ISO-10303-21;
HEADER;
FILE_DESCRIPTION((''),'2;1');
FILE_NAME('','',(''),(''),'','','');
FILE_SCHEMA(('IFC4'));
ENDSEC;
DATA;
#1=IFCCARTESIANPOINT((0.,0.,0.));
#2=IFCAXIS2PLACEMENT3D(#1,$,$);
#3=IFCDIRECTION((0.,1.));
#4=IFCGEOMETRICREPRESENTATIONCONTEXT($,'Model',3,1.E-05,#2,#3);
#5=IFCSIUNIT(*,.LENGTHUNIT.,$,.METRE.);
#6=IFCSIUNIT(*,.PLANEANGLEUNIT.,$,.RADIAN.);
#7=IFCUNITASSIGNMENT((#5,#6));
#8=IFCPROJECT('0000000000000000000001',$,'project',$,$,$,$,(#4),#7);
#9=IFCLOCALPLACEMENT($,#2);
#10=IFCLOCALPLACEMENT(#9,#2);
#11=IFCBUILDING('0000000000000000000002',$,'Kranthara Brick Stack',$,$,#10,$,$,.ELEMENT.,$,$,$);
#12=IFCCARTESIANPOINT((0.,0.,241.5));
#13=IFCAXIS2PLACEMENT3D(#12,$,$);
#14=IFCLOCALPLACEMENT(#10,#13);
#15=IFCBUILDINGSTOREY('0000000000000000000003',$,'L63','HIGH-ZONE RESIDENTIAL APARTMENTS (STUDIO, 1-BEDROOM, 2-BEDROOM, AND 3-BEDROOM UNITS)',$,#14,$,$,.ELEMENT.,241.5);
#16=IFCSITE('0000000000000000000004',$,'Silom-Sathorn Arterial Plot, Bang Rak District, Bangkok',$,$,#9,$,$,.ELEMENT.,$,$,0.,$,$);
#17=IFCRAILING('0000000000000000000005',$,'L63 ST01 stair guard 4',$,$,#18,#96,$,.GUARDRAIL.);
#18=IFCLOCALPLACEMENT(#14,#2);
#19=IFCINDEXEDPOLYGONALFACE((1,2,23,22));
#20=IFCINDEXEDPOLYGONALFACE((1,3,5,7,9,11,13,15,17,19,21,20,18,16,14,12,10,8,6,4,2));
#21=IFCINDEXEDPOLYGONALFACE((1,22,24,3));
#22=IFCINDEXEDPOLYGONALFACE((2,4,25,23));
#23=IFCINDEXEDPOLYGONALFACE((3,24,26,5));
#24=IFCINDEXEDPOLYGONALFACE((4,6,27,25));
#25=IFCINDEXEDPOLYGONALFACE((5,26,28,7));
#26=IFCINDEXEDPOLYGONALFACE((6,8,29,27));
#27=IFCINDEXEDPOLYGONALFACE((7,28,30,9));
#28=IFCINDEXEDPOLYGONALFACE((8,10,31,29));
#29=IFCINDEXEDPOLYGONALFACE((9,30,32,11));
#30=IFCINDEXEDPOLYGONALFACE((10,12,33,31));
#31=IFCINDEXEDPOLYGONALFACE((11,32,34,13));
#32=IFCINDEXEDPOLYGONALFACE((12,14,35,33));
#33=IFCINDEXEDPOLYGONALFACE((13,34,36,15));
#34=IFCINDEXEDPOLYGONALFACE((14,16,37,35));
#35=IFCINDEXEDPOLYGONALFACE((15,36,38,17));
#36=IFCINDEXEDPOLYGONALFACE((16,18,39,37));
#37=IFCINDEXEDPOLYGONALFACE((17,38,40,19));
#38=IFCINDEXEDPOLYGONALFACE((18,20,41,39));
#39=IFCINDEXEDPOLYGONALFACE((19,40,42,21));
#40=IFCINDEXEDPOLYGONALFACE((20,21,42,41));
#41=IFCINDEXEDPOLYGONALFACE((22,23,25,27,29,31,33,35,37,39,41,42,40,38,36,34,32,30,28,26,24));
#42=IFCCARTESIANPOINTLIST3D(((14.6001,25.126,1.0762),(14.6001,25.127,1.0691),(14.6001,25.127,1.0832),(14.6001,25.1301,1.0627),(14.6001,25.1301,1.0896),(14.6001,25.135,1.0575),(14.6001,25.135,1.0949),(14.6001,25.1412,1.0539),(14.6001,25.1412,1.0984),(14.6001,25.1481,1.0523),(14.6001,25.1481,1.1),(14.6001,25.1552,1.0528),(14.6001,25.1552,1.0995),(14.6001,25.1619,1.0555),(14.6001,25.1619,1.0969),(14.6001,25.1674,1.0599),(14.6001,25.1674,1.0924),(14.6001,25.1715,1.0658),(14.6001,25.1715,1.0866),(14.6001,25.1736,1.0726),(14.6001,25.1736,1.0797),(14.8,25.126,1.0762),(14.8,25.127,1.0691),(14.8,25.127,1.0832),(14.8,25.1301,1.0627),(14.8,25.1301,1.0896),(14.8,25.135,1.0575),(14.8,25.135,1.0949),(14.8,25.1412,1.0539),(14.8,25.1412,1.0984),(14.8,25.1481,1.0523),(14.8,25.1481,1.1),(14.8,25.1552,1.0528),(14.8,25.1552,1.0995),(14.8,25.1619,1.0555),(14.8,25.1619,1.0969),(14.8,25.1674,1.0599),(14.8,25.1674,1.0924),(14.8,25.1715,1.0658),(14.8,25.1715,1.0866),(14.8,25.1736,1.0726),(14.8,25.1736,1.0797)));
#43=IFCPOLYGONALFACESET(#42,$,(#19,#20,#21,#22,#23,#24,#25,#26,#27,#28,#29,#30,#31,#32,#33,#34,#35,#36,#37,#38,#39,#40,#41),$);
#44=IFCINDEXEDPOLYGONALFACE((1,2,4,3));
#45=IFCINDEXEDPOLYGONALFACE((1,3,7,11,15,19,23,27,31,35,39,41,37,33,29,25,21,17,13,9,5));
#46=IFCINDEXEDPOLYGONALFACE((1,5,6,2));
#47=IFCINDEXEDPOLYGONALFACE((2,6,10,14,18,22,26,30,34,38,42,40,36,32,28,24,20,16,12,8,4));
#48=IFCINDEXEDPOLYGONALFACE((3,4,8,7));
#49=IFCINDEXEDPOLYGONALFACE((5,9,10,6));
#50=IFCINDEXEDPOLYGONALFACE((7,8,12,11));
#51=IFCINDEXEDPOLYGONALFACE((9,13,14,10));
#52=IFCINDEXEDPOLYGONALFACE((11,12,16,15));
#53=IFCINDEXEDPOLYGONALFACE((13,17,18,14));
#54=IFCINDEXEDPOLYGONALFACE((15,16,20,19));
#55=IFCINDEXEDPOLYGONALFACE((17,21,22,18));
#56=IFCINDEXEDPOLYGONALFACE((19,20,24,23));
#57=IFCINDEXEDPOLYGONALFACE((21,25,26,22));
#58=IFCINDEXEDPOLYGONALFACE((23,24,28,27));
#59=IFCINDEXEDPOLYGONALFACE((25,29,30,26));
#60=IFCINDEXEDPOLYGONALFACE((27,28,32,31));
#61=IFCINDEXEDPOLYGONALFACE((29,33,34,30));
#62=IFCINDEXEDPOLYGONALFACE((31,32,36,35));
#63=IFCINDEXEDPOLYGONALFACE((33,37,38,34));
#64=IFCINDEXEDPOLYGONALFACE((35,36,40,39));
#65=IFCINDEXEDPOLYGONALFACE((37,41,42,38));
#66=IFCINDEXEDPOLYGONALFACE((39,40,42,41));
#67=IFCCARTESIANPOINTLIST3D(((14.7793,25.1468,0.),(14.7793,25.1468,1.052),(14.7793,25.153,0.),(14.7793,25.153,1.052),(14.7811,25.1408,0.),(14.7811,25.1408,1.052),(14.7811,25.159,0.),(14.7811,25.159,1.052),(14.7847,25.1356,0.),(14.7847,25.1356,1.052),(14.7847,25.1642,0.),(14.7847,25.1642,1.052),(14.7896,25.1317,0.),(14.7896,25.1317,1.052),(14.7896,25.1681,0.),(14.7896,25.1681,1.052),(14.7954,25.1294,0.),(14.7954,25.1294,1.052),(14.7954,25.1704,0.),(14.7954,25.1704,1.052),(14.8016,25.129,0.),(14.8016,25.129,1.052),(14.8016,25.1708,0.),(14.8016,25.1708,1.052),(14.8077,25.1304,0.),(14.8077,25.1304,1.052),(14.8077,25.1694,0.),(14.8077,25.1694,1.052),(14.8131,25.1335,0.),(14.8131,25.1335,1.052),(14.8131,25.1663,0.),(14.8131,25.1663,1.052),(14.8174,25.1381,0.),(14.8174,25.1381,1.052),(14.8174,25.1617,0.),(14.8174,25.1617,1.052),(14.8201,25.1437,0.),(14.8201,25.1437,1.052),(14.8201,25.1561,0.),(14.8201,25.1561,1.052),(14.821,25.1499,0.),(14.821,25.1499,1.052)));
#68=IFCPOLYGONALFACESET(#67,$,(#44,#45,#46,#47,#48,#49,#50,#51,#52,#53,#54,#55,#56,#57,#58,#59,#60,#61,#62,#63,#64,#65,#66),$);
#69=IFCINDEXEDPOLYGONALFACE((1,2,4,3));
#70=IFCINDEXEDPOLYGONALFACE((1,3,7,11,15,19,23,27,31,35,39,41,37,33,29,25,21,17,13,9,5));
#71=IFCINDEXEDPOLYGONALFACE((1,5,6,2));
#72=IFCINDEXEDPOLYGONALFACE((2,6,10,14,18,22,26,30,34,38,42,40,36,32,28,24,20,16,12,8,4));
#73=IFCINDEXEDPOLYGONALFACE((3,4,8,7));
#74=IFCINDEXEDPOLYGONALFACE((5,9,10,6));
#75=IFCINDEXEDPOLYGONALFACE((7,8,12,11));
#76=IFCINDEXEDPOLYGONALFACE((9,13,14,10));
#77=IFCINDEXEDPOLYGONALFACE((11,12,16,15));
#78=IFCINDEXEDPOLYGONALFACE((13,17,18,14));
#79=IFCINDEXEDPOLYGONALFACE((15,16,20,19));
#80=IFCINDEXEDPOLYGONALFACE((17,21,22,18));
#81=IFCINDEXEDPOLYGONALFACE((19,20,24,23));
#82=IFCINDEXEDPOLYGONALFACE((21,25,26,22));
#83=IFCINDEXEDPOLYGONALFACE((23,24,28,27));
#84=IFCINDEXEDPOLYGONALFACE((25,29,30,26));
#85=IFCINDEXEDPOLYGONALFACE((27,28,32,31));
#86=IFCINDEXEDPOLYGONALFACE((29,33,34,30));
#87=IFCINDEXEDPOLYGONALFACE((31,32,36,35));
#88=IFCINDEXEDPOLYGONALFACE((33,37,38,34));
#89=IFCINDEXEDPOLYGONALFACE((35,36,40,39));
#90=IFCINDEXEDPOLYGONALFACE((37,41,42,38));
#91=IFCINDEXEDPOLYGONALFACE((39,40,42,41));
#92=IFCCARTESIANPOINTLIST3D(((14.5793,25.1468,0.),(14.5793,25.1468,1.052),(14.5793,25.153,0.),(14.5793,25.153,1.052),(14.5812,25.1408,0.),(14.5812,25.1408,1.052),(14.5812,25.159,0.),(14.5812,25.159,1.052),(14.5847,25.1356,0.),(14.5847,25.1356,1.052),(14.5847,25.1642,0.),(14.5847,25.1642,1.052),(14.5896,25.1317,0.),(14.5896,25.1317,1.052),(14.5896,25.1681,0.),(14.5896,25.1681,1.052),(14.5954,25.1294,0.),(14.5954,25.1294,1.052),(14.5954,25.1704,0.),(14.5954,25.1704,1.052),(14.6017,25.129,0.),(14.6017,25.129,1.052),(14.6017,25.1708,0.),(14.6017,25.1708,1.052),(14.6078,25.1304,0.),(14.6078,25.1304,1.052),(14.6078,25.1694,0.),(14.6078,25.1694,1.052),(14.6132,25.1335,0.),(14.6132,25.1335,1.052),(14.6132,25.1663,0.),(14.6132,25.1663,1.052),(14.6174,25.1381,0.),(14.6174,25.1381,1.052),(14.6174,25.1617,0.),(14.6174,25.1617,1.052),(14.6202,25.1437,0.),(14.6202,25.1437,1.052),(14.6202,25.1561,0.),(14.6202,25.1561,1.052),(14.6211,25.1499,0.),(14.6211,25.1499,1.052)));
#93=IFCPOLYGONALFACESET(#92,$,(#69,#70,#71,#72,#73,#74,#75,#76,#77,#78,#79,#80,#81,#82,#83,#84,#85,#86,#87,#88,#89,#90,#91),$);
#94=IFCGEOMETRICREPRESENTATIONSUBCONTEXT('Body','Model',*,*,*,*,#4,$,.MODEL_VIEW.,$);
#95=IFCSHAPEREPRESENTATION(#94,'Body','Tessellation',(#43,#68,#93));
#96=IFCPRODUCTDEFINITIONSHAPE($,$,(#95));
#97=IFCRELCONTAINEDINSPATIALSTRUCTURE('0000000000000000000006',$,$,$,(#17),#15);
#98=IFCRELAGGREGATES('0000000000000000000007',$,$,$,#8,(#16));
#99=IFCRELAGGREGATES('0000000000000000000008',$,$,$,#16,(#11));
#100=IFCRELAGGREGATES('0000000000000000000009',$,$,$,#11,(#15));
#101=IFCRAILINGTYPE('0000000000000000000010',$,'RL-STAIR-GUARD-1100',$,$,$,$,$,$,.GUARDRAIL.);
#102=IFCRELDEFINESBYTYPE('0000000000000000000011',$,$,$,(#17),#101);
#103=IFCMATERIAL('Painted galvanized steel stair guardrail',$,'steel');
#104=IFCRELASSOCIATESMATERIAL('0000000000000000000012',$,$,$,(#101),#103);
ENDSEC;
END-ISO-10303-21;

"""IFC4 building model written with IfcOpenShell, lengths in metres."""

from ifc_helpers import new_model, si_unit, direction, frame, origin, origin_2d, place, context, subcontext, project, spatial, circle, extrude, material, type_object, element, save


model = new_model("IFC4")

# Units and contexts
model_context = context("Model", 3, precision=1e-05, world=origin(), true_north=direction((0.0, 1.0)))
body_context = subcontext(model_context, "Body", "Model", "MODEL_VIEW")
ifc_project = project(units=[si_unit("LENGTHUNIT", "METRE"), si_unit("PLANEANGLEUNIT", "RADIAN")], contexts=[model_context])

# Site, building, storey
site_placement = place(None, origin())
site = spatial("IfcSite", under=ifc_project, at=site_placement, Name="Silom-Sathorn Arterial Plot, Bang Rak District, Bangkok", CompositionType="ELEMENT", RefElevation=0.0)
building_placement = place(site_placement, origin())
building = spatial("IfcBuilding", under=site, at=building_placement, Name="Kranthara Brick Stack", CompositionType="ELEMENT")
storey_placement = place(building_placement, frame((0.0, 0.0, 241.5)))
storey = spatial("IfcBuildingStorey", under=building, at=storey_placement, Name="L63", Description="HIGH-ZONE RESIDENTIAL APARTMENTS (STUDIO, 1-BEDROOM, 2-BEDROOM, AND 3-BEDROOM UNITS)", CompositionType="ELEMENT", Elevation=241.5)

# Railing
ifc_material_1 = material(Name="Painted galvanized steel stair guardrail", Category="steel")
railing_type_1 = type_object("IfcRailingType", Name="RL-STAIR-GUARD-1100", PredefinedType="GUARDRAIL", material=ifc_material_1)
railing_1_placement = place(storey_placement, frame((14.8, 25.1499, 0.0)))
element("IfcRailing", 1, at=railing_1_placement, inside=storey, type_object=railing_type_1, Name="L63 ST01 stair guard 4", PredefinedType="GUARDRAIL", context=body_context, shape_type="SweptSolid", body=[
    extrude(circle(Radius=0.0239, at=origin_2d()), frame((0.0, 0.0, 1.0762), z_axis=(-1.0, 0.0, 0.0), x_axis=(0.0, -1.0, 0.0)), (0.0, 0.0, 1.0), 0.2),
    extrude(circle(Radius=0.021, at=origin_2d()), origin(), (0.0, 0.0, 1.0), 1.052),
    extrude(circle(Radius=0.021, at=origin_2d()), frame((-0.2, 0.0, 0.0)), (0.0, 0.0, 1.0), 1.052),
])

save(model, "model.ifc")
